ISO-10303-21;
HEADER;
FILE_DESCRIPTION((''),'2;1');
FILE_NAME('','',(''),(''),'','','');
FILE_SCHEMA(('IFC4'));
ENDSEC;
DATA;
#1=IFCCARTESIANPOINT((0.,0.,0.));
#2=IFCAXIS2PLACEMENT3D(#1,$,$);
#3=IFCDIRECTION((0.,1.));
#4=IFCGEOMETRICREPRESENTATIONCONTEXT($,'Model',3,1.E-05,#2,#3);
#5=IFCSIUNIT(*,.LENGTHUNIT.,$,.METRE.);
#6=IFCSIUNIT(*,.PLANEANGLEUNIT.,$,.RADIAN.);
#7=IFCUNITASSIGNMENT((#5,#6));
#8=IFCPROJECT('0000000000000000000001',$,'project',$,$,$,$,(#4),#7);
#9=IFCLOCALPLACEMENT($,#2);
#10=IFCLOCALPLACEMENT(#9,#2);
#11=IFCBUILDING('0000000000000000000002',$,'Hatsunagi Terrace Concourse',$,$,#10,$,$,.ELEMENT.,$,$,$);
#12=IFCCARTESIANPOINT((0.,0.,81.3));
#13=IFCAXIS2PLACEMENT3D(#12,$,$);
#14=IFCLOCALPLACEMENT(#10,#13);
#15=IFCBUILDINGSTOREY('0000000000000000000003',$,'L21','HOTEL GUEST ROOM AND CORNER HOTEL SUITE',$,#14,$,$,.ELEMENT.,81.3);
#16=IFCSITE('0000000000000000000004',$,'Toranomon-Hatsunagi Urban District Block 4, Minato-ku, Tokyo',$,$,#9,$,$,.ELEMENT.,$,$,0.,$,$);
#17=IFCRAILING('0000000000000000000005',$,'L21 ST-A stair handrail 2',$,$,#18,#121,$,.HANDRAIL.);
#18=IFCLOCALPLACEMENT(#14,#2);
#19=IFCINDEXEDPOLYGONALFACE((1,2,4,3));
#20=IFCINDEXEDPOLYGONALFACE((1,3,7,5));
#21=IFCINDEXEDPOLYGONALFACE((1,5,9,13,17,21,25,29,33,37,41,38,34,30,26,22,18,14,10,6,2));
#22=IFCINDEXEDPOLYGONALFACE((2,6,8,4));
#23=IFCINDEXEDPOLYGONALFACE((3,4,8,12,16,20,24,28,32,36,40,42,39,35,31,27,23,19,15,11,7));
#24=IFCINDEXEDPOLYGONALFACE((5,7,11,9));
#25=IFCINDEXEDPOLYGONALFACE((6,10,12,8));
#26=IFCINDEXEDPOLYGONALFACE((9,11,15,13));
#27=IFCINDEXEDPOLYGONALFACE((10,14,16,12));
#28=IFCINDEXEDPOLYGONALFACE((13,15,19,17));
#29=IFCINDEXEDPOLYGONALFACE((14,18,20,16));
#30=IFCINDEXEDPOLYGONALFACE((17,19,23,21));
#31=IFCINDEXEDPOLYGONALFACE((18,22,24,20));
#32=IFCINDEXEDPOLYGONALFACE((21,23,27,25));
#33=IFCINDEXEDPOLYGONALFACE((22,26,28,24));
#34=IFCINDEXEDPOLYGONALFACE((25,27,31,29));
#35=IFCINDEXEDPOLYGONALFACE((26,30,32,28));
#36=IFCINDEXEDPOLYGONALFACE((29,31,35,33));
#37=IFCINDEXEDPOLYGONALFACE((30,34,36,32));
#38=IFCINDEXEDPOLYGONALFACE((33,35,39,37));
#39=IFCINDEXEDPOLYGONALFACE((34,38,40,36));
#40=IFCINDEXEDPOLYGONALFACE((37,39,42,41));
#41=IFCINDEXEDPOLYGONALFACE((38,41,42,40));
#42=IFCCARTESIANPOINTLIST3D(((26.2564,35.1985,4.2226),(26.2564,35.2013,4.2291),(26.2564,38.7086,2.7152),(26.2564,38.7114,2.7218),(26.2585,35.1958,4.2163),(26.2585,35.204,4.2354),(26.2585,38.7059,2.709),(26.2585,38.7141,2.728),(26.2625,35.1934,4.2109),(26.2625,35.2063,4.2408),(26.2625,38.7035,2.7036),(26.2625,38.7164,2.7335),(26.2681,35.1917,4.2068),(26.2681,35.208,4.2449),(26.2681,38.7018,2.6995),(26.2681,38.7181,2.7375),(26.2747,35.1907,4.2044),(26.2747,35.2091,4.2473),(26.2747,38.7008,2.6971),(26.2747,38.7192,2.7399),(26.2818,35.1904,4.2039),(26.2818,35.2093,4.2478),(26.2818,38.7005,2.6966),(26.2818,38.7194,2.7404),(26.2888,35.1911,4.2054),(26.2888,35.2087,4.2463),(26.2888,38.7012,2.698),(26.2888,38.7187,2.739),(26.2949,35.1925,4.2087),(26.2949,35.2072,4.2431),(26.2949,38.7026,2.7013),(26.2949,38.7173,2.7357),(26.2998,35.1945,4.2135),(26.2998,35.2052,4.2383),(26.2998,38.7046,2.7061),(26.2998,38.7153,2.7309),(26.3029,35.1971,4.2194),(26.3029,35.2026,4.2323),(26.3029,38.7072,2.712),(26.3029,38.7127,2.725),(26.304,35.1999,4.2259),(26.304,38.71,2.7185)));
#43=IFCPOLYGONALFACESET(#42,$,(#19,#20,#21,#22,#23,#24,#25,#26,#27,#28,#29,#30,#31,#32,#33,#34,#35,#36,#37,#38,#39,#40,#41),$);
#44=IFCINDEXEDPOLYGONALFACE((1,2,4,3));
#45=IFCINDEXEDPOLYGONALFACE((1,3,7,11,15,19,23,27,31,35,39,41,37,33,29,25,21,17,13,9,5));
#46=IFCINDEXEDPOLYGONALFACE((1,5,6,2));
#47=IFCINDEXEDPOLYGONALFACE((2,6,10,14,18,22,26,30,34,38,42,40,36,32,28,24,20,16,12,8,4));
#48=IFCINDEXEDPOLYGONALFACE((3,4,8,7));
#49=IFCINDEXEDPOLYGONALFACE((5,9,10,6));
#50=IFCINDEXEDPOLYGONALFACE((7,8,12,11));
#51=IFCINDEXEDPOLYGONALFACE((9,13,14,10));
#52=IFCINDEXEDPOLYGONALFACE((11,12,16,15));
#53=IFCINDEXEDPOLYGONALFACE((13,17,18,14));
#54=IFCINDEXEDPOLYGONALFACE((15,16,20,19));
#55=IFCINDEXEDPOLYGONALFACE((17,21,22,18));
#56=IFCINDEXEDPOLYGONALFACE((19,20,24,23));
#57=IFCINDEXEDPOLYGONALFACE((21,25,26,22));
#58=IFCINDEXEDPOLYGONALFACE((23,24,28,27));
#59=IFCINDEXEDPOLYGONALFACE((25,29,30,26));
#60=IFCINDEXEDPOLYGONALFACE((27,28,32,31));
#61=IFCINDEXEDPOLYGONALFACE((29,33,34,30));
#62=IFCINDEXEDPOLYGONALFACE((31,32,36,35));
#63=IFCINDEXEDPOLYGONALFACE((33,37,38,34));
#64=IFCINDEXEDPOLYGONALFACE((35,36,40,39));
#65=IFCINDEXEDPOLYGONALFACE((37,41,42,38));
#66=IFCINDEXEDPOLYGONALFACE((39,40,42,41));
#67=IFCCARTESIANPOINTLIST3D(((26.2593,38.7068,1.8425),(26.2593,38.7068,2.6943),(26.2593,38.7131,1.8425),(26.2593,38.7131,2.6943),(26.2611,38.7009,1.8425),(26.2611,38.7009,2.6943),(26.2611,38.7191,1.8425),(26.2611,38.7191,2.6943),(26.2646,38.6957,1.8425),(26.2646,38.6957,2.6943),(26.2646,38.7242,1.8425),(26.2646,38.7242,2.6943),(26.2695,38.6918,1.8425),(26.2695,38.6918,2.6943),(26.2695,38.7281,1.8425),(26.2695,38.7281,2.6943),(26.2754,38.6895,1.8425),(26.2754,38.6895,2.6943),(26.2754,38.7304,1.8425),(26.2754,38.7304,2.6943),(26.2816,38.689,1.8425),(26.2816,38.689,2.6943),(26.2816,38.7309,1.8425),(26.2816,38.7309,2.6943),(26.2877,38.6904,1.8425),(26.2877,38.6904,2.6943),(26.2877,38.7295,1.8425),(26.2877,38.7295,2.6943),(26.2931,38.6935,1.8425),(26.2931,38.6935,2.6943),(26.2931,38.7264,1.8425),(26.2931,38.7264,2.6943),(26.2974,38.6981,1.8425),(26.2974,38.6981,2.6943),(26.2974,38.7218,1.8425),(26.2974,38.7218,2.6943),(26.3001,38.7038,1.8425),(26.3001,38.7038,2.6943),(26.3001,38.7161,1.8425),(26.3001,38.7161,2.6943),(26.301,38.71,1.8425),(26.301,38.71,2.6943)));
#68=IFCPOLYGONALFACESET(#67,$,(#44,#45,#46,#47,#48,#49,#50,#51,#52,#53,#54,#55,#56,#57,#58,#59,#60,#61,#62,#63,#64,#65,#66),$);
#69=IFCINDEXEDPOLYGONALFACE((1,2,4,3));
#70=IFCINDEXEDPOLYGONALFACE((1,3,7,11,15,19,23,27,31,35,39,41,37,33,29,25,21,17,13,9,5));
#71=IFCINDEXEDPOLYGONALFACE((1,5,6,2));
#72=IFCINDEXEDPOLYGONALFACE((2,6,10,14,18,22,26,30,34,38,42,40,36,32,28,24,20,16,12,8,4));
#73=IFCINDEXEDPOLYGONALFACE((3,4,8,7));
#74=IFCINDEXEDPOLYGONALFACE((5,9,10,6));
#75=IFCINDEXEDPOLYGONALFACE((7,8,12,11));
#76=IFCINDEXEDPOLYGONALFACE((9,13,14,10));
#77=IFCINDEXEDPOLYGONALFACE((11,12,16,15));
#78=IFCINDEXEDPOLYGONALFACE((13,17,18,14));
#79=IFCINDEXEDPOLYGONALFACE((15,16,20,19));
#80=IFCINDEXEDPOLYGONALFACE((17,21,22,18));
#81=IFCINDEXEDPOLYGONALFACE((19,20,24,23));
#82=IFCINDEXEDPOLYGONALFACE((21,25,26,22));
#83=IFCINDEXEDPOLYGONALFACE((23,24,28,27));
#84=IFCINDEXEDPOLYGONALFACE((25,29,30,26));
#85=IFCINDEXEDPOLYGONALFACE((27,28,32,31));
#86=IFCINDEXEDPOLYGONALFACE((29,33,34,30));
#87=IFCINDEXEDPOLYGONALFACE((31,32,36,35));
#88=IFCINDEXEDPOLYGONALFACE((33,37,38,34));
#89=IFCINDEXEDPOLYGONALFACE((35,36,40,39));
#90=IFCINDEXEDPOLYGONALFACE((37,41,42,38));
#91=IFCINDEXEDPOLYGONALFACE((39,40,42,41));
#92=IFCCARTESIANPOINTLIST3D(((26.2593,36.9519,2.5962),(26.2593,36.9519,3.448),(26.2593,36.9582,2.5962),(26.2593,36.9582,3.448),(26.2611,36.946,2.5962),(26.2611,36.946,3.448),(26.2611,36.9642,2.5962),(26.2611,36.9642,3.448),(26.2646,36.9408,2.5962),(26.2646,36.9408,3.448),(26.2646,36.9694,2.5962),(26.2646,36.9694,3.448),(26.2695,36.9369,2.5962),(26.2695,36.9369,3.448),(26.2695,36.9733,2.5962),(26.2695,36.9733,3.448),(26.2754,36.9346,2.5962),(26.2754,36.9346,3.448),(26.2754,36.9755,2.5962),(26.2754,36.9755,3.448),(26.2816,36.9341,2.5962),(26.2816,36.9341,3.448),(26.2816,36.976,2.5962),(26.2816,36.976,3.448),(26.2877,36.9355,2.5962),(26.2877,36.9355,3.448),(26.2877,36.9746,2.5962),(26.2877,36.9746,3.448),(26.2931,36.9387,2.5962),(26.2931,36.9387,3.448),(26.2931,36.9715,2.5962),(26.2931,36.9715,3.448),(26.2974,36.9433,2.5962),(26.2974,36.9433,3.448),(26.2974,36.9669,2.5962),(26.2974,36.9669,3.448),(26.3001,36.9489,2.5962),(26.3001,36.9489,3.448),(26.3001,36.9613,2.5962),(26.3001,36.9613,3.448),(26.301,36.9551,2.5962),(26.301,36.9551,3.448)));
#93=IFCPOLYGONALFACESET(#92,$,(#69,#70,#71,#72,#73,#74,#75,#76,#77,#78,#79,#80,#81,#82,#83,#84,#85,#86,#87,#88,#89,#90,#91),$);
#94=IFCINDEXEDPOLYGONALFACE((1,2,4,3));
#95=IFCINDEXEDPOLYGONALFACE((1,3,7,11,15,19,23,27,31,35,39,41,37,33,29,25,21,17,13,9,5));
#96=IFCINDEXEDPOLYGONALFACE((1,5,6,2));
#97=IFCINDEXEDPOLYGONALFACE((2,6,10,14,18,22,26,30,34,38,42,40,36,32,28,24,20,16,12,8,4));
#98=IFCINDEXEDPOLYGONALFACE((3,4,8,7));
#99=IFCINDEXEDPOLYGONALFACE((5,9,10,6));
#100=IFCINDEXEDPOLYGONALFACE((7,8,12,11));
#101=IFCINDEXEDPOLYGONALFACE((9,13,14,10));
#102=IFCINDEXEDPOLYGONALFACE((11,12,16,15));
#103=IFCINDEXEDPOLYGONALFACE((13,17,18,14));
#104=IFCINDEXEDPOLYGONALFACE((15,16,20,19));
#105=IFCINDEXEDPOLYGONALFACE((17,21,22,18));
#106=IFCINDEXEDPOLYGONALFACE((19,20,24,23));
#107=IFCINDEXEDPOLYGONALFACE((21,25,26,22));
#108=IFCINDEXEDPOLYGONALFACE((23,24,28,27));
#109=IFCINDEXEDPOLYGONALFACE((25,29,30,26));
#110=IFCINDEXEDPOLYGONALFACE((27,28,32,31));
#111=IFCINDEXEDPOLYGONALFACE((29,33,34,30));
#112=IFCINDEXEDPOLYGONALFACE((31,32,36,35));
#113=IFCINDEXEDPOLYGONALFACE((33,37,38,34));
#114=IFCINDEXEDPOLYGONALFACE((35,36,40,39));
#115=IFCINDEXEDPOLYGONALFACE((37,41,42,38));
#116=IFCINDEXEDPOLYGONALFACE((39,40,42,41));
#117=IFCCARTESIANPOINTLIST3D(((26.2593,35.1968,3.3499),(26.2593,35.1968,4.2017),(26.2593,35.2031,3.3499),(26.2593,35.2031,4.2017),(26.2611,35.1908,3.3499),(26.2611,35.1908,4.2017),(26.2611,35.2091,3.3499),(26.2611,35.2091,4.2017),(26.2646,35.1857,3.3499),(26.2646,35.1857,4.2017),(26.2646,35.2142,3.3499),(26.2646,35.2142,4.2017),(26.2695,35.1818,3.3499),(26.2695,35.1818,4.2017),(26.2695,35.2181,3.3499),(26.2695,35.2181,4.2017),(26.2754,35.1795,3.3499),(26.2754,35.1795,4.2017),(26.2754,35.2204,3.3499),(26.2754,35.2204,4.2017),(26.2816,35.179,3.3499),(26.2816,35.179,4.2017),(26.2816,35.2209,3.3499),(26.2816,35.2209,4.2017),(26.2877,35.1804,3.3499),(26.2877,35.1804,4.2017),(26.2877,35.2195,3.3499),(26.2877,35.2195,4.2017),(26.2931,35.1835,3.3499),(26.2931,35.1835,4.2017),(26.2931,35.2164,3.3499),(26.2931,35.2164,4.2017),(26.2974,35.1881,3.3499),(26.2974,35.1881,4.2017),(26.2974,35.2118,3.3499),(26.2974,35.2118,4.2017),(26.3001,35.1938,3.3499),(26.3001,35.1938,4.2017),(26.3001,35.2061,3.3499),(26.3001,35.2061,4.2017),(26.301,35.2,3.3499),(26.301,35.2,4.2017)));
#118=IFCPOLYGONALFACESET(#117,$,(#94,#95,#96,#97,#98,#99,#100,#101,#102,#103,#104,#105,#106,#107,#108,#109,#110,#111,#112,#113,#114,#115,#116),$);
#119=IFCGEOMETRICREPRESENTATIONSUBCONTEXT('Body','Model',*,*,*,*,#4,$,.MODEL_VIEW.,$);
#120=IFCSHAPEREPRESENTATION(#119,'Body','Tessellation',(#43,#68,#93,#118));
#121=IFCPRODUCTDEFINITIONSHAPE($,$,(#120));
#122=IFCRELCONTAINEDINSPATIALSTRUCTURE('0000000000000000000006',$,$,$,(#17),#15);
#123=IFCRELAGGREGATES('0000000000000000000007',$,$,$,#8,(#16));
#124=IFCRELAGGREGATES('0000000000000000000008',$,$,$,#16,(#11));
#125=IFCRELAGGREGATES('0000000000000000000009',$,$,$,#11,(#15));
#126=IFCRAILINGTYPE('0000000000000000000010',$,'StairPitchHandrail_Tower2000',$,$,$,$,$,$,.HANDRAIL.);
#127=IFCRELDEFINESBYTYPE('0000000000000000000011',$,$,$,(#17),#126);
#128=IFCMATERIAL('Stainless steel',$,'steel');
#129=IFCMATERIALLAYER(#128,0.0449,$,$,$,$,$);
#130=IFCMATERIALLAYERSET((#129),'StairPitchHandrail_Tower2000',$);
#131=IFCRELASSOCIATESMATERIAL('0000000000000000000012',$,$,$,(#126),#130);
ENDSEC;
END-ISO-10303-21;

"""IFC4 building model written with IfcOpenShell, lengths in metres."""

from ifc_helpers import new_model, si_unit, direction, frame, origin, origin_2d, place, context, subcontext, project, spatial, circle, extrude, material, layer, layer_set, type_object, element, save


model = new_model("IFC4")

# Units and contexts
model_context = context("Model", 3, precision=1e-05, world=origin(), true_north=direction((0.0, 1.0)))
body_context = subcontext(model_context, "Body", "Model", "MODEL_VIEW")
ifc_project = project(units=[si_unit("LENGTHUNIT", "METRE"), si_unit("PLANEANGLEUNIT", "RADIAN")], contexts=[model_context])

# Site, building, storey
site_placement = place(None, origin())
site = spatial("IfcSite", under=ifc_project, at=site_placement, Name="Toranomon-Hatsunagi Urban District Block 4, Minato-ku, Tokyo", CompositionType="ELEMENT", RefElevation=0.0)
building_placement = place(site_placement, origin())
building = spatial("IfcBuilding", under=site, at=building_placement, Name="Hatsunagi Terrace Concourse", CompositionType="ELEMENT")
storey_placement = place(building_placement, frame((0.0, 0.0, 81.3)))
storey = spatial("IfcBuildingStorey", under=building, at=storey_placement, Name="L21", Description="HOTEL GUEST ROOM AND CORNER HOTEL SUITE", CompositionType="ELEMENT", Elevation=81.3)

# Railing
ifc_material_1 = material(Name="Stainless steel", Category="steel")
ifc_layer_1 = layer(ifc_material_1, 0.0449)
ifc_layer_set_1 = layer_set([ifc_layer_1], Name="StairPitchHandrail_Tower2000")
railing_type_1 = type_object("IfcRailingType", Name="StairPitchHandrail_Tower2000", PredefinedType="HANDRAIL", material=ifc_layer_set_1)
railing_1_placement = place(storey_placement, frame((26.28, 38.71, 1.8425)))
element("IfcRailing", 1, at=railing_1_placement, inside=storey, type_object=railing_type_1, Name="L21 ST-A stair handrail 2", PredefinedType="HANDRAIL", context=body_context, shape_type="SweptSolid", body=[
    extrude(circle(Radius=0.0239, at=origin_2d()), frame((0.0, 0.0, 0.876), z_axis=(0.0, -0.918857, 0.39459), x_axis=(1.0, 0.0, 0.0)), (0.0, 0.0, 1.0), 3.8201),
    extrude(circle(Radius=0.021, at=origin_2d()), origin(), (0.0, 0.0, 1.0), 0.8518),
    extrude(circle(Radius=0.021, at=origin_2d()), frame((0.0, -1.7549, 0.7537)), (0.0, 0.0, 1.0), 0.8518),
    extrude(circle(Radius=0.021, at=origin_2d()), frame((0.0, -3.51, 1.5073)), (0.0, 0.0, 1.0), 0.8518),
])

save(model, "model.ifc")
